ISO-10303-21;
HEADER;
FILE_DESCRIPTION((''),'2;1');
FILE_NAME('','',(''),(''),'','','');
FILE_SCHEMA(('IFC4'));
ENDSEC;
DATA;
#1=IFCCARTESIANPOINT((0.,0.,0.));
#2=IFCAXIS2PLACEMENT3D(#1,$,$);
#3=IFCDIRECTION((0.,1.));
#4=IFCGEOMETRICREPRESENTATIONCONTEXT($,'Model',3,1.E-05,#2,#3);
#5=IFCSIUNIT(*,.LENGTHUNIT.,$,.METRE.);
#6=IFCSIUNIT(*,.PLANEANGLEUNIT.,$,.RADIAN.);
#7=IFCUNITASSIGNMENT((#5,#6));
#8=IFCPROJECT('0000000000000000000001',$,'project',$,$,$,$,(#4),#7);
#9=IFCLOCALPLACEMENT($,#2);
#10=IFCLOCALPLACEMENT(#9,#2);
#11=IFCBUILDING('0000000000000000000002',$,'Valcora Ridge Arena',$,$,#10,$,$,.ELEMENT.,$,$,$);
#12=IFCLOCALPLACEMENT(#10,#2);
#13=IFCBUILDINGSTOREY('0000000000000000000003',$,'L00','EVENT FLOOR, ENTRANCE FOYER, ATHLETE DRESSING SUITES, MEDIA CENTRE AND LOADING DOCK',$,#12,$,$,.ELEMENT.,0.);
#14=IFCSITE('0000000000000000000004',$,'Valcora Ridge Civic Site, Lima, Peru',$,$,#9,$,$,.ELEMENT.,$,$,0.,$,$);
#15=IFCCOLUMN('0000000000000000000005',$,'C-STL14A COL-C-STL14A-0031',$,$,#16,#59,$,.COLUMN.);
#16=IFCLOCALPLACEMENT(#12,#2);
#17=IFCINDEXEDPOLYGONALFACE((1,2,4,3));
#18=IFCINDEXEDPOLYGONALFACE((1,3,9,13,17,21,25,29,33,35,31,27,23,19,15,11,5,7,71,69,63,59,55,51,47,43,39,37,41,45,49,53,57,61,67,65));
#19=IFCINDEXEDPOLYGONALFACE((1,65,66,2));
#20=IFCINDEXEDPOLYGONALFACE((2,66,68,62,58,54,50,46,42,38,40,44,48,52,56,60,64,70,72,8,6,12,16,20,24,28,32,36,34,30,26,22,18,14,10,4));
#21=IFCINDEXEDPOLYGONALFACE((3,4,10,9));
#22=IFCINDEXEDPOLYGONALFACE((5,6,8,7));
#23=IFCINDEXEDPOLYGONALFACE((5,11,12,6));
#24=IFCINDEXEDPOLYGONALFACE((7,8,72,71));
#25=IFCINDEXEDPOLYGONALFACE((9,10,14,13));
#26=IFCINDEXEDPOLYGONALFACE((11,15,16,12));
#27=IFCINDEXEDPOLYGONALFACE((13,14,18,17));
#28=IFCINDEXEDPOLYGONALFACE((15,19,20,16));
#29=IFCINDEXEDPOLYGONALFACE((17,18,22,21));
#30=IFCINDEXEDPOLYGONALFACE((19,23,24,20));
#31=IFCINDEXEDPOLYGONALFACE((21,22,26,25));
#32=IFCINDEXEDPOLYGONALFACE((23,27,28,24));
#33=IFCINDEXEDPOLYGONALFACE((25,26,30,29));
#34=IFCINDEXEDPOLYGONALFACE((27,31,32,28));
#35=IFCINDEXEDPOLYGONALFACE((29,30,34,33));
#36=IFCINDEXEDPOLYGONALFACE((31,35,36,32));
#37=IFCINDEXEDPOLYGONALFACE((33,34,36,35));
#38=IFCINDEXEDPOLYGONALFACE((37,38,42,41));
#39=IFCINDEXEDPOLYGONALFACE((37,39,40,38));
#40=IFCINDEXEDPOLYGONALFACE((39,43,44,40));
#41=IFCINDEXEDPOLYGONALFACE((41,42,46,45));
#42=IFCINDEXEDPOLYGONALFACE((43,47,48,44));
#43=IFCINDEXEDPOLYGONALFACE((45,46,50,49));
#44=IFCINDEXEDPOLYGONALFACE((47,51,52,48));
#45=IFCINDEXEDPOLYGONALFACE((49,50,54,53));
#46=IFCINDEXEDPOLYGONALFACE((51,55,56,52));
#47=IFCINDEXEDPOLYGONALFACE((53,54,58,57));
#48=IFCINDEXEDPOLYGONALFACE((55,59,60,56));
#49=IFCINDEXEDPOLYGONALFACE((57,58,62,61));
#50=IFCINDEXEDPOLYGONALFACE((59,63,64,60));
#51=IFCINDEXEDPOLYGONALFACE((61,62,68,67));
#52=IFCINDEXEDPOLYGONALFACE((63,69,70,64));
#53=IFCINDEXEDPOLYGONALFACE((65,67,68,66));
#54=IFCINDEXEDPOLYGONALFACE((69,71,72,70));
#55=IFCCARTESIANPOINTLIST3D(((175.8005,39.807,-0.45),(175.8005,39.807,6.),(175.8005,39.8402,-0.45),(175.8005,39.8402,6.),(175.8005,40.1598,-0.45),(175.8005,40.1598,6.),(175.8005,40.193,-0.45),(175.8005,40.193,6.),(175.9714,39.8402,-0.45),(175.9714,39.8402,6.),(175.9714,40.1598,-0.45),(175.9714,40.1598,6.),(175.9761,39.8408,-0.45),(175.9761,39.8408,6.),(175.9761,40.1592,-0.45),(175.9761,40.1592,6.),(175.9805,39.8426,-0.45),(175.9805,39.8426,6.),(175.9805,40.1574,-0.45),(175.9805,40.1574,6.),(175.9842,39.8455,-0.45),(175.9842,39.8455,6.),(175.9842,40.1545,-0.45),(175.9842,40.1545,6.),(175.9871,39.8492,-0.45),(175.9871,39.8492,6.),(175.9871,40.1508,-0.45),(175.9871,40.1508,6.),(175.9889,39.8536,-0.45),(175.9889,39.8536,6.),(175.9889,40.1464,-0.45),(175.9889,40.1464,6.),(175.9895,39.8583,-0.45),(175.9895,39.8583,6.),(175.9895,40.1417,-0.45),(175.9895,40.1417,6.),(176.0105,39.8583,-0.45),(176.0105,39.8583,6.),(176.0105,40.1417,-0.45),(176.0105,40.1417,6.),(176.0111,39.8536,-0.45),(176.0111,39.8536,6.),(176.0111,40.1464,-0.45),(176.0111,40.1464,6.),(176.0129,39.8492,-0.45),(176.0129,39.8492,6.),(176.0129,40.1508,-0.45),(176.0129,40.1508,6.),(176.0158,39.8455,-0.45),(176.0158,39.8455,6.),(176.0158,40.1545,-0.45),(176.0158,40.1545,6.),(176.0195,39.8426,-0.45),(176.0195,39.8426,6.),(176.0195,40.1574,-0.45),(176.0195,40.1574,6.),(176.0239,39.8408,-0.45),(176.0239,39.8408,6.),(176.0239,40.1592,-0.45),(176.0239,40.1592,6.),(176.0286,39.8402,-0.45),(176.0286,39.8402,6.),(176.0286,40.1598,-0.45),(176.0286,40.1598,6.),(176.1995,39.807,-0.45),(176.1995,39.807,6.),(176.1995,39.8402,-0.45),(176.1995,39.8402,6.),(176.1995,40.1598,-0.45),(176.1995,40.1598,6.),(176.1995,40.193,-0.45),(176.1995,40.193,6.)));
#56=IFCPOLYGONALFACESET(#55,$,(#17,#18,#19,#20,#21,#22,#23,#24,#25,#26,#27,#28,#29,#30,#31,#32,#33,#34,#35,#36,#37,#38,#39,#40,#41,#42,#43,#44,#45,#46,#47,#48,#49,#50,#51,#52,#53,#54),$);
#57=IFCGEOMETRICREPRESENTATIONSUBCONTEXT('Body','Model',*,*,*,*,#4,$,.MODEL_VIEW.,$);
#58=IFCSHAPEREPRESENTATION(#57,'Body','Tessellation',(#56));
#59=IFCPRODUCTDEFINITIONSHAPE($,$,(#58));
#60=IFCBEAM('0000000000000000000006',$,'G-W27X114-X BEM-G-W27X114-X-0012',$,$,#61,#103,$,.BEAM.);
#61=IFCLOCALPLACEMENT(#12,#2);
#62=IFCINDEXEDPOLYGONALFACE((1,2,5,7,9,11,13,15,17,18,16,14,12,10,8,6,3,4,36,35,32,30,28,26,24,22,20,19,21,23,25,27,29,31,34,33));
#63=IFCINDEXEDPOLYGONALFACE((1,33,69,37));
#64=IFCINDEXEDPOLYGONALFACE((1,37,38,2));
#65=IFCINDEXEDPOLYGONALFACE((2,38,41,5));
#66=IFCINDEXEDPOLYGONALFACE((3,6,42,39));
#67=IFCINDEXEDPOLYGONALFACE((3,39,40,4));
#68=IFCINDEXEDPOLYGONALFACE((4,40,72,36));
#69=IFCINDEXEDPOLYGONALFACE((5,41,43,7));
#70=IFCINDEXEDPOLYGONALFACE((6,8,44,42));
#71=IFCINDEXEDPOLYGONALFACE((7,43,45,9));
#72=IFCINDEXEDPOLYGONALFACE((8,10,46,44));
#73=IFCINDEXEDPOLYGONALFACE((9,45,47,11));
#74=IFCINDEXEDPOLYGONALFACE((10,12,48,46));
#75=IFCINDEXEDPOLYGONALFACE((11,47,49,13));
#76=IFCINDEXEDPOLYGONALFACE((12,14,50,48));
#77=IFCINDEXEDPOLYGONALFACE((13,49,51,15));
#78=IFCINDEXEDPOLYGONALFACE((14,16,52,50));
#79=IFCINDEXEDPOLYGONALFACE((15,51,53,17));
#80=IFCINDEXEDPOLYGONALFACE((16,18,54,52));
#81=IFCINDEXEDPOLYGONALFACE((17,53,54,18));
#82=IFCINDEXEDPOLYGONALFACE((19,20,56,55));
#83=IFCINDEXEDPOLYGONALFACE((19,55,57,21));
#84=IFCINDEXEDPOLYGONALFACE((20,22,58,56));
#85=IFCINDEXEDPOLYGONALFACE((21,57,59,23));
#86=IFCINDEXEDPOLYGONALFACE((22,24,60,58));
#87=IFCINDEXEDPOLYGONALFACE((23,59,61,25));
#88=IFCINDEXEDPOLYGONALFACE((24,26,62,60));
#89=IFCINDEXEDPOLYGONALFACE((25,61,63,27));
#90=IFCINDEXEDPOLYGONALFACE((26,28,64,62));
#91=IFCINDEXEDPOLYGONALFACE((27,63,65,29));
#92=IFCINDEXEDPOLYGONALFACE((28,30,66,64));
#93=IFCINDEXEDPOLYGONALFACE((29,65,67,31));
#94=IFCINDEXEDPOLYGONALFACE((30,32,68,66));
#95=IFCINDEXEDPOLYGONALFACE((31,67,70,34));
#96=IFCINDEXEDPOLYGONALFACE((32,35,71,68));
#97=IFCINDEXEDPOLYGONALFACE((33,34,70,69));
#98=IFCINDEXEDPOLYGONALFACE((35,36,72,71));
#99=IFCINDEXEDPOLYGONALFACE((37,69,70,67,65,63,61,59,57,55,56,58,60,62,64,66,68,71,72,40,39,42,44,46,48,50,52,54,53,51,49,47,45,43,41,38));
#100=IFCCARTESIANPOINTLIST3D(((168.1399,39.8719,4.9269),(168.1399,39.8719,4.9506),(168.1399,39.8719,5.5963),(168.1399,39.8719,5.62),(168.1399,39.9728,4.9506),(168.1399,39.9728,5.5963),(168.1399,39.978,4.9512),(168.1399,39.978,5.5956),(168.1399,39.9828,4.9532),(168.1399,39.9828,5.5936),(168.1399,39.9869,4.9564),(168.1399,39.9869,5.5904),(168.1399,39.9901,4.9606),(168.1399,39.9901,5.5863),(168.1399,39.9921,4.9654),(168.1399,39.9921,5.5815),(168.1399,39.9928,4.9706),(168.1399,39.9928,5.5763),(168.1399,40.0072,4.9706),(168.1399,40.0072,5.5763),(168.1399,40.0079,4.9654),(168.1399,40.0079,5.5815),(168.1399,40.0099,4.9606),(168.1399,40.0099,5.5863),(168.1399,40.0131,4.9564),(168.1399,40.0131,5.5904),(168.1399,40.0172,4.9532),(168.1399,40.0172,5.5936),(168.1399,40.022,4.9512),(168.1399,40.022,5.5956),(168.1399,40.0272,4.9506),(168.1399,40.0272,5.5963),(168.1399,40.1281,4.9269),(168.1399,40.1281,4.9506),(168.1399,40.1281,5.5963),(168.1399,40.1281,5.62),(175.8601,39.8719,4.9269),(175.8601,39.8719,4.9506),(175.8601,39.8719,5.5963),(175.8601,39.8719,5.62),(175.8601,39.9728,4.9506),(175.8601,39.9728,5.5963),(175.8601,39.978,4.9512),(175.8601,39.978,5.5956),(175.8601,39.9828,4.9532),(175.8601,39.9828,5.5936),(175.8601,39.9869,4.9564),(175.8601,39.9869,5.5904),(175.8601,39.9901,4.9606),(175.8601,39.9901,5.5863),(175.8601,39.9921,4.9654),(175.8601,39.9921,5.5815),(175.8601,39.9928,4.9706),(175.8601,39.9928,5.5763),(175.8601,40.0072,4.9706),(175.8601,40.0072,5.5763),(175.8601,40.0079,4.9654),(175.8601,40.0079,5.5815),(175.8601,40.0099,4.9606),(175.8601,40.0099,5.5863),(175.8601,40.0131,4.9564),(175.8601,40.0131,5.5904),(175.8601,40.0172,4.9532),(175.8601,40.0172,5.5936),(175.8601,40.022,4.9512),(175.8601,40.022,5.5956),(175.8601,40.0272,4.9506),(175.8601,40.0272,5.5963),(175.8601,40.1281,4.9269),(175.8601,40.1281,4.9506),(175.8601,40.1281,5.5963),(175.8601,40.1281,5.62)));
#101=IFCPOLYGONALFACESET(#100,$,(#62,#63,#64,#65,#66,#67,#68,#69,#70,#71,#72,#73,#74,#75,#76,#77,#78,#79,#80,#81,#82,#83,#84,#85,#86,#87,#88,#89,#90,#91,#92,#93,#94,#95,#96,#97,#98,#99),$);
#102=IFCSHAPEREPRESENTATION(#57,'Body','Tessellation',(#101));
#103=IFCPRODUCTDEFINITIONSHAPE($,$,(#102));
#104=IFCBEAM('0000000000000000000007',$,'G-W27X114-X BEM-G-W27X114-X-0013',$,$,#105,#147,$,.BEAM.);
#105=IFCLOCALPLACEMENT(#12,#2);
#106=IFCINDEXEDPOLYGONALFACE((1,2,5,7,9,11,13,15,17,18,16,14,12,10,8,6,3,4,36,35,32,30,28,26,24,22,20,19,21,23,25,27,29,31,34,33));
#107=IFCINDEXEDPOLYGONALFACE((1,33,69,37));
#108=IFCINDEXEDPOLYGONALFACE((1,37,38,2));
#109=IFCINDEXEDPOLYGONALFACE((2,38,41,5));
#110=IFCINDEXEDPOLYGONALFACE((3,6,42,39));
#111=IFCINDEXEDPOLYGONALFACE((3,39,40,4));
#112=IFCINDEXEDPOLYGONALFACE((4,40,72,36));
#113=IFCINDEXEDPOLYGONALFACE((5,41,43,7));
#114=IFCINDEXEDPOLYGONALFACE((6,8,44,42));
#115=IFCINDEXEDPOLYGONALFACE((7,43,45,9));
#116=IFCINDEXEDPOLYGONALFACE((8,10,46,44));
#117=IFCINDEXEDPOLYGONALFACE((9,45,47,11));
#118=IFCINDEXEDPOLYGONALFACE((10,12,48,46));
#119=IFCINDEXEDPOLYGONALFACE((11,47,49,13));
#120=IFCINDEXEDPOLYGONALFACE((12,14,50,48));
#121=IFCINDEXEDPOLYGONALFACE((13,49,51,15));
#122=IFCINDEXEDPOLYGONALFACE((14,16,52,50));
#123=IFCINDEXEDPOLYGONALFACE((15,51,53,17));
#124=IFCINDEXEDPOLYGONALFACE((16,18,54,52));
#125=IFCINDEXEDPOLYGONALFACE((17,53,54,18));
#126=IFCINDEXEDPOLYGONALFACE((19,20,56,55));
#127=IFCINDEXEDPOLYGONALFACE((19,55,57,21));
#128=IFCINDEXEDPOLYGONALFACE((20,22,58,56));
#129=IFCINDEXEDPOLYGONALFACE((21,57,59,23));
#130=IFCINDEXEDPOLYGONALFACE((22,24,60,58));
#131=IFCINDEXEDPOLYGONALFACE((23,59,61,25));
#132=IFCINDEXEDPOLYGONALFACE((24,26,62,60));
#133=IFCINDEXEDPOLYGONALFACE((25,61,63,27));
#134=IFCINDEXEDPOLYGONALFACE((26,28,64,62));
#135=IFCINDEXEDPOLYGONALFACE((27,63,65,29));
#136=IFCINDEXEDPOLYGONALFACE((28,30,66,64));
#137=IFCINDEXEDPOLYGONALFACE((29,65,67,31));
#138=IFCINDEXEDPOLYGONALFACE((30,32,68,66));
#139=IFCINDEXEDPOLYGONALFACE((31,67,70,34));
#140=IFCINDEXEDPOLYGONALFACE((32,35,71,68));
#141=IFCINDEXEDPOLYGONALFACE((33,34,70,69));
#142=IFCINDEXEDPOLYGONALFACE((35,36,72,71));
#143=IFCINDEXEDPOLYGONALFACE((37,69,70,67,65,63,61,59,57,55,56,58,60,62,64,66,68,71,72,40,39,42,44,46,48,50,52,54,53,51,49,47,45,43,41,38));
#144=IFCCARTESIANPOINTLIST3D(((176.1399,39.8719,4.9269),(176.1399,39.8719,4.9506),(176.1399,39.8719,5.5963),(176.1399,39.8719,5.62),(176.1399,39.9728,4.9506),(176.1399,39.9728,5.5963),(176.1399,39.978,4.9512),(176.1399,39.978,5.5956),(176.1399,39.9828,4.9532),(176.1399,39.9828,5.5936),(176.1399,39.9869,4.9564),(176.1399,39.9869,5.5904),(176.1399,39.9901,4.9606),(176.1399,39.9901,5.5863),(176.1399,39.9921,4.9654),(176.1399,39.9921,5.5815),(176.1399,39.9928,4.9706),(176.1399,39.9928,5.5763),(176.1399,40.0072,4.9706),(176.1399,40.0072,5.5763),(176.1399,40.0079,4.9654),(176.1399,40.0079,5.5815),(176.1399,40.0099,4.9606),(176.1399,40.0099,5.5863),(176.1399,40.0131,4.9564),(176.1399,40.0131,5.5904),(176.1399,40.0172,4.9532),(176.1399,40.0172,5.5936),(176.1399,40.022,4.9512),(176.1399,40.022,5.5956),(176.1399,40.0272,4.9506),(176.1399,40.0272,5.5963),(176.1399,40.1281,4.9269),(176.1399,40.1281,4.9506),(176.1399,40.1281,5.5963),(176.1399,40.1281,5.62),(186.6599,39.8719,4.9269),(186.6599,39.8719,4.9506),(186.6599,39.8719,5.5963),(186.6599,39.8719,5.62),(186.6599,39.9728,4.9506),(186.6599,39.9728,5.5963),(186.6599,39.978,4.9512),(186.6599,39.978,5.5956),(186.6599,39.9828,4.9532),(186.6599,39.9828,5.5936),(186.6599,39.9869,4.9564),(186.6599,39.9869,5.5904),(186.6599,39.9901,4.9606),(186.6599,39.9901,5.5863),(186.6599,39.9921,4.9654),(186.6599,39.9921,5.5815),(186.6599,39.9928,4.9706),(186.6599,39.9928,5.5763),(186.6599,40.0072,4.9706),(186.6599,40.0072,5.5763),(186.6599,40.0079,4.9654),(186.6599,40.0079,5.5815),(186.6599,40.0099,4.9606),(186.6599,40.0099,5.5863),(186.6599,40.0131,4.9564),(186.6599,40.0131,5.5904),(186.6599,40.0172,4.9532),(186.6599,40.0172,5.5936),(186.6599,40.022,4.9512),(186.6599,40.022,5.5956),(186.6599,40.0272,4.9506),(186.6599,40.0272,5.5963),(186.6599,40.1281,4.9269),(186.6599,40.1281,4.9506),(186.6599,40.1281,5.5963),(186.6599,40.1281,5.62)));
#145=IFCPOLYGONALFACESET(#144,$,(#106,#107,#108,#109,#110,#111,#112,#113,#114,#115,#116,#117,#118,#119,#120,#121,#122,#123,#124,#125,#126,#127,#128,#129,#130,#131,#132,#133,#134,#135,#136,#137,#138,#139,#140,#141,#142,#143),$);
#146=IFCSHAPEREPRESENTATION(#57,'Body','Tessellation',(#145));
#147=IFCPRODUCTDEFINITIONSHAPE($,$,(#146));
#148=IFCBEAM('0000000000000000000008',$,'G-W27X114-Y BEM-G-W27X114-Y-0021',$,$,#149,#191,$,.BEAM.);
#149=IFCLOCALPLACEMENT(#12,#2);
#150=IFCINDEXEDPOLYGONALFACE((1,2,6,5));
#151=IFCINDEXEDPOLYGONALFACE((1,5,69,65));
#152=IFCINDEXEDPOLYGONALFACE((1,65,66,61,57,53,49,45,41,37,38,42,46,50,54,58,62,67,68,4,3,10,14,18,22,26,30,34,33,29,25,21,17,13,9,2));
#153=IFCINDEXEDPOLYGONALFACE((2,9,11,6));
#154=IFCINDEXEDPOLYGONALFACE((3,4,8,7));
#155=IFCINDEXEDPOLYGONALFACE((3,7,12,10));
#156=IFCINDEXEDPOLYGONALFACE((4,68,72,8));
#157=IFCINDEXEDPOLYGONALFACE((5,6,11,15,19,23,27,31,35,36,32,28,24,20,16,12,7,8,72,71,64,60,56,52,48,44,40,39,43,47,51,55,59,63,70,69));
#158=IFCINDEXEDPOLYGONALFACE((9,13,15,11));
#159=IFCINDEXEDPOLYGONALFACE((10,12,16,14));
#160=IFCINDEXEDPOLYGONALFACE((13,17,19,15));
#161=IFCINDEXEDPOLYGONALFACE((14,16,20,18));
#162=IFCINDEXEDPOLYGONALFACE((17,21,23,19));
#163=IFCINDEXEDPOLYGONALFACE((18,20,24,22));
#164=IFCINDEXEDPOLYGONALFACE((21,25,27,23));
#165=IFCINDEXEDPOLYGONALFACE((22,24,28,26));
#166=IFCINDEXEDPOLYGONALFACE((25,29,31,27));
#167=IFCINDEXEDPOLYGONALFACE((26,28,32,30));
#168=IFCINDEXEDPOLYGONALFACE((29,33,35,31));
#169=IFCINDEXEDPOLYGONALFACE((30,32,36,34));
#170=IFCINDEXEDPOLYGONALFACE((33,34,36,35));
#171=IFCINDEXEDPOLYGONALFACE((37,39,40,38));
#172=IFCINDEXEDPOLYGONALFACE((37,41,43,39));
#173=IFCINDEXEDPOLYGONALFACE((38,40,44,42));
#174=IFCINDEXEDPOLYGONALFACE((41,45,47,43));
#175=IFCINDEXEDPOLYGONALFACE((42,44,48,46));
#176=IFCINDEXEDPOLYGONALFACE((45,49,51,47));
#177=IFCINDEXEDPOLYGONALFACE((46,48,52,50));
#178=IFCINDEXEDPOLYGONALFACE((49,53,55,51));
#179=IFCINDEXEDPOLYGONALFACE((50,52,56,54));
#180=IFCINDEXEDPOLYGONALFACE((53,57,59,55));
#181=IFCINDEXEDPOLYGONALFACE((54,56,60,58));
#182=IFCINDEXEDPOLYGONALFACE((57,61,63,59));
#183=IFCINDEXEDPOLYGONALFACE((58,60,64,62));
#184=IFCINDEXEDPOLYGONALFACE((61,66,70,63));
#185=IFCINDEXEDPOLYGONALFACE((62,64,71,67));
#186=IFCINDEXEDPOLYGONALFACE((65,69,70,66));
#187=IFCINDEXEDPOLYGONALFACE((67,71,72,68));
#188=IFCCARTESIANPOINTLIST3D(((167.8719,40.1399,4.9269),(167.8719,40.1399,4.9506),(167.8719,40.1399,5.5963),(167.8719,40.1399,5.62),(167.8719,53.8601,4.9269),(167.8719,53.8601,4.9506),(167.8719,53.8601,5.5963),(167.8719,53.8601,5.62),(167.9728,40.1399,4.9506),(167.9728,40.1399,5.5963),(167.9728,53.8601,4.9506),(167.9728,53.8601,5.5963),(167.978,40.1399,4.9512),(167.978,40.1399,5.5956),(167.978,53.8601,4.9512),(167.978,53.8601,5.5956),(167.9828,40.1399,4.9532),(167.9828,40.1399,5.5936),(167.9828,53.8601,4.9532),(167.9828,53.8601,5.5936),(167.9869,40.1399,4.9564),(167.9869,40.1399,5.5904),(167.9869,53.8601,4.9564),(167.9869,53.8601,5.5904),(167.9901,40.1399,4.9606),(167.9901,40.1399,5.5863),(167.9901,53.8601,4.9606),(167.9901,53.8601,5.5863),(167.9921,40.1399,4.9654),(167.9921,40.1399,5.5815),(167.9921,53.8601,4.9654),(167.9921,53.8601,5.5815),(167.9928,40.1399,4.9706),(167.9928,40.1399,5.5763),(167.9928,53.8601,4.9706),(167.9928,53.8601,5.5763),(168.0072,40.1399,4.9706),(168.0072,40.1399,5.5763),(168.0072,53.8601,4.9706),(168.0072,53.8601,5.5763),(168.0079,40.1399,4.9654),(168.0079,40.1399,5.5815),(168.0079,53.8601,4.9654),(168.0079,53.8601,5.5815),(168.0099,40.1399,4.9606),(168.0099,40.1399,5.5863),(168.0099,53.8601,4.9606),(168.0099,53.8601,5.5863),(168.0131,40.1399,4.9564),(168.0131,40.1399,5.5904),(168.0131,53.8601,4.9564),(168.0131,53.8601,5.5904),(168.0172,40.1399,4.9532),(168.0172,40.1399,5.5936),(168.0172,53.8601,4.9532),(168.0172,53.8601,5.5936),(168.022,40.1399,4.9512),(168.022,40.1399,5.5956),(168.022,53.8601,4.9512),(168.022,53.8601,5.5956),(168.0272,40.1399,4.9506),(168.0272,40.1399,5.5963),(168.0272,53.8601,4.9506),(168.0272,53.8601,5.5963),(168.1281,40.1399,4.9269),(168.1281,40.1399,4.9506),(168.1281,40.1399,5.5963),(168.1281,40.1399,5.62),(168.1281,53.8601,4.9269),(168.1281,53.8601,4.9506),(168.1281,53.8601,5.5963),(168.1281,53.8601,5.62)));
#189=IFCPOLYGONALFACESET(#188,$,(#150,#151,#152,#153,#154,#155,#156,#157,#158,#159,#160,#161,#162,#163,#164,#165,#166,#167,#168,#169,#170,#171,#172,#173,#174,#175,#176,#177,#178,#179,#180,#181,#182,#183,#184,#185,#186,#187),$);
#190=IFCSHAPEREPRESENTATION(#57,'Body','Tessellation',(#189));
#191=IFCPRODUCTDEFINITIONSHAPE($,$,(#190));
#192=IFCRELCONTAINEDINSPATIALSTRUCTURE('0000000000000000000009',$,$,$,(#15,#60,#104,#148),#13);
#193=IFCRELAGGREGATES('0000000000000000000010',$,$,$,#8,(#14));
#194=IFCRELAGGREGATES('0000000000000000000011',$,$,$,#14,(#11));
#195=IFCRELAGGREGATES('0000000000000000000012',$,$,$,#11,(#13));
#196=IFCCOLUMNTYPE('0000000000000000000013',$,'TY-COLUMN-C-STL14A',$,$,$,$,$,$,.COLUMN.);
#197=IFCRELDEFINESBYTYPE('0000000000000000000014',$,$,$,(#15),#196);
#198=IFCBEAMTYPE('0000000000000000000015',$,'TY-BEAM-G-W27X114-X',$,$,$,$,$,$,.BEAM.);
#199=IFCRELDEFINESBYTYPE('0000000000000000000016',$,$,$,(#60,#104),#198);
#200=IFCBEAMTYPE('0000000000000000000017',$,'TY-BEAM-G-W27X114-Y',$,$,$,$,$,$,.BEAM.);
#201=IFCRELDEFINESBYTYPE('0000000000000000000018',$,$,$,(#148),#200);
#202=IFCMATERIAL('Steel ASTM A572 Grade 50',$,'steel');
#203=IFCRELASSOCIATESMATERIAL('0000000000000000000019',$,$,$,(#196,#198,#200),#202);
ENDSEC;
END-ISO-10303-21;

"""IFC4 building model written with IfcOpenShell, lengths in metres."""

from ifc_helpers import new_model, si_unit, direction, frame, origin, origin_2d, place, context, subcontext, project, spatial, i_section, extrude, material, material_profile, profile_set, type_object, element, save


model = new_model("IFC4")

# Units and contexts
model_context = context("Model", 3, precision=1e-05, world=origin(), true_north=direction((0.0, 1.0)))
body_context = subcontext(model_context, "Body", "Model", "MODEL_VIEW")
ifc_project = project(units=[si_unit("LENGTHUNIT", "METRE"), si_unit("PLANEANGLEUNIT", "RADIAN")], contexts=[model_context])

# Site, building, storey
site_placement = place(None, origin())
site = spatial("IfcSite", under=ifc_project, at=site_placement, Name="Valcora Ridge Civic Site, Lima, Peru", CompositionType="ELEMENT", RefElevation=0.0)
building_placement = place(site_placement, origin())
building = spatial("IfcBuilding", under=site, at=building_placement, Name="Valcora Ridge Arena", CompositionType="ELEMENT")
storey_placement = place(building_placement, origin())
storey = spatial("IfcBuildingStorey", under=building, at=storey_placement, Name="L00", Description="EVENT FLOOR, ENTRANCE FOYER, ATHLETE DRESSING SUITES, MEDIA CENTRE AND LOADING DOCK", CompositionType="ELEMENT", Elevation=0.0)

# Column
ifc_material_1 = material(Name="Steel ASTM A572 Grade 50", Category="steel")
ifc_material_profile_1 = material_profile(ifc_material_1, i_section(OverallWidth=0.3989, OverallDepth=0.386, WebThickness=0.021, FlangeThickness=0.0332, FilletRadius=0.0181, at=origin_2d()), Name="W14X176")
ifc_profile_set_1 = profile_set([ifc_material_profile_1], Name="Steel ASTM A572 Grade 50")
column_type = type_object("IfcColumnType", Name="TY-COLUMN-C-STL14A", PredefinedType="COLUMN", material=ifc_profile_set_1)
column_1_placement = place(storey_placement, frame((176.0, 40.0, -0.45), z_axis=(0.0, 0.0, 1.0), x_axis=(1.0, 0.0, 0.0)))
element("IfcColumn", 1, at=column_1_placement, inside=storey, type_object=column_type, Name="C-STL14A COL-C-STL14A-0031", PredefinedType="COLUMN", context=body_context, shape_type="SweptSolid", body=[
    extrude(i_section(OverallWidth=0.3989, OverallDepth=0.386, WebThickness=0.021, FlangeThickness=0.0332, FilletRadius=0.0181, at=origin_2d()), origin(), (0.0, 0.0, 1.0), 6.45),
])

# Beams
ifc_material_profile_2 = material_profile(ifc_material_1, i_section(OverallWidth=0.2561, OverallDepth=0.6931, WebThickness=0.0144, FlangeThickness=0.0237, FilletRadius=0.02, at=origin_2d()), Name="W27X114")
ifc_profile_set_2 = profile_set([ifc_material_profile_2], Name="Steel ASTM A572 Grade 50")
beam_type_1 = type_object("IfcBeamType", Name="TY-BEAM-G-W27X114-X", PredefinedType="BEAM", material=ifc_profile_set_2)
beam_1_placement = place(storey_placement, frame((168.1399, 40.0, 5.2734), z_axis=(1.0, 0.0, 0.0), x_axis=(0.0, 1.0, 0.0)))
element("IfcBeam", 2, at=beam_1_placement, inside=storey, type_object=beam_type_1, Name="G-W27X114-X BEM-G-W27X114-X-0012", PredefinedType="BEAM", context=body_context, shape_type="SweptSolid", body=[
    extrude(i_section(OverallWidth=0.2561, OverallDepth=0.6931, WebThickness=0.0144, FlangeThickness=0.0237, FilletRadius=0.02, at=origin_2d()), origin(), (0.0, 0.0, 1.0), 7.7202),
])
beam_2_placement = place(storey_placement, frame((176.1399, 40.0, 5.2734), z_axis=(1.0, 0.0, 0.0), x_axis=(0.0, 1.0, 0.0)))
element("IfcBeam", 3, at=beam_2_placement, inside=storey, type_object=beam_type_1, Name="G-W27X114-X BEM-G-W27X114-X-0013", PredefinedType="BEAM", context=body_context, shape_type="SweptSolid", body=[
    extrude(i_section(OverallWidth=0.2561, OverallDepth=0.6931, WebThickness=0.0144, FlangeThickness=0.0237, FilletRadius=0.02, at=origin_2d()), origin(), (0.0, 0.0, 1.0), 10.52),
])
ifc_material_profile_3 = material_profile(ifc_material_1, i_section(OverallWidth=0.2561, OverallDepth=0.6931, WebThickness=0.0144, FlangeThickness=0.0237, FilletRadius=0.02, at=origin_2d()), Name="W27X114")
ifc_profile_set_3 = profile_set([ifc_material_profile_3], Name="Steel ASTM A572 Grade 50")
beam_type_2 = type_object("IfcBeamType", Name="TY-BEAM-G-W27X114-Y", PredefinedType="BEAM", material=ifc_profile_set_3)
for number, where, z_axis, x_axis, name in (
    (4, (168.0, 40.1399, 5.2734), (0.0, 1.0, 0.0), (-1.0, 0.0, 0.0), "G-W27X114-Y BEM-G-W27X114-Y-0021"),
):
    element("IfcBeam", number, at=place(storey_placement, frame(where, z_axis=z_axis, x_axis=x_axis)), inside=storey, type_object=beam_type_2, Name=name, PredefinedType="BEAM", context=body_context, shape_type="SweptSolid", body=[
        extrude(i_section(OverallWidth=0.2561, OverallDepth=0.6931, WebThickness=0.0144, FlangeThickness=0.0237, FilletRadius=0.02, at=origin_2d()), origin(), (0.0, 0.0, 1.0), 13.7202),
    ])

save(model, "model.ifc")
